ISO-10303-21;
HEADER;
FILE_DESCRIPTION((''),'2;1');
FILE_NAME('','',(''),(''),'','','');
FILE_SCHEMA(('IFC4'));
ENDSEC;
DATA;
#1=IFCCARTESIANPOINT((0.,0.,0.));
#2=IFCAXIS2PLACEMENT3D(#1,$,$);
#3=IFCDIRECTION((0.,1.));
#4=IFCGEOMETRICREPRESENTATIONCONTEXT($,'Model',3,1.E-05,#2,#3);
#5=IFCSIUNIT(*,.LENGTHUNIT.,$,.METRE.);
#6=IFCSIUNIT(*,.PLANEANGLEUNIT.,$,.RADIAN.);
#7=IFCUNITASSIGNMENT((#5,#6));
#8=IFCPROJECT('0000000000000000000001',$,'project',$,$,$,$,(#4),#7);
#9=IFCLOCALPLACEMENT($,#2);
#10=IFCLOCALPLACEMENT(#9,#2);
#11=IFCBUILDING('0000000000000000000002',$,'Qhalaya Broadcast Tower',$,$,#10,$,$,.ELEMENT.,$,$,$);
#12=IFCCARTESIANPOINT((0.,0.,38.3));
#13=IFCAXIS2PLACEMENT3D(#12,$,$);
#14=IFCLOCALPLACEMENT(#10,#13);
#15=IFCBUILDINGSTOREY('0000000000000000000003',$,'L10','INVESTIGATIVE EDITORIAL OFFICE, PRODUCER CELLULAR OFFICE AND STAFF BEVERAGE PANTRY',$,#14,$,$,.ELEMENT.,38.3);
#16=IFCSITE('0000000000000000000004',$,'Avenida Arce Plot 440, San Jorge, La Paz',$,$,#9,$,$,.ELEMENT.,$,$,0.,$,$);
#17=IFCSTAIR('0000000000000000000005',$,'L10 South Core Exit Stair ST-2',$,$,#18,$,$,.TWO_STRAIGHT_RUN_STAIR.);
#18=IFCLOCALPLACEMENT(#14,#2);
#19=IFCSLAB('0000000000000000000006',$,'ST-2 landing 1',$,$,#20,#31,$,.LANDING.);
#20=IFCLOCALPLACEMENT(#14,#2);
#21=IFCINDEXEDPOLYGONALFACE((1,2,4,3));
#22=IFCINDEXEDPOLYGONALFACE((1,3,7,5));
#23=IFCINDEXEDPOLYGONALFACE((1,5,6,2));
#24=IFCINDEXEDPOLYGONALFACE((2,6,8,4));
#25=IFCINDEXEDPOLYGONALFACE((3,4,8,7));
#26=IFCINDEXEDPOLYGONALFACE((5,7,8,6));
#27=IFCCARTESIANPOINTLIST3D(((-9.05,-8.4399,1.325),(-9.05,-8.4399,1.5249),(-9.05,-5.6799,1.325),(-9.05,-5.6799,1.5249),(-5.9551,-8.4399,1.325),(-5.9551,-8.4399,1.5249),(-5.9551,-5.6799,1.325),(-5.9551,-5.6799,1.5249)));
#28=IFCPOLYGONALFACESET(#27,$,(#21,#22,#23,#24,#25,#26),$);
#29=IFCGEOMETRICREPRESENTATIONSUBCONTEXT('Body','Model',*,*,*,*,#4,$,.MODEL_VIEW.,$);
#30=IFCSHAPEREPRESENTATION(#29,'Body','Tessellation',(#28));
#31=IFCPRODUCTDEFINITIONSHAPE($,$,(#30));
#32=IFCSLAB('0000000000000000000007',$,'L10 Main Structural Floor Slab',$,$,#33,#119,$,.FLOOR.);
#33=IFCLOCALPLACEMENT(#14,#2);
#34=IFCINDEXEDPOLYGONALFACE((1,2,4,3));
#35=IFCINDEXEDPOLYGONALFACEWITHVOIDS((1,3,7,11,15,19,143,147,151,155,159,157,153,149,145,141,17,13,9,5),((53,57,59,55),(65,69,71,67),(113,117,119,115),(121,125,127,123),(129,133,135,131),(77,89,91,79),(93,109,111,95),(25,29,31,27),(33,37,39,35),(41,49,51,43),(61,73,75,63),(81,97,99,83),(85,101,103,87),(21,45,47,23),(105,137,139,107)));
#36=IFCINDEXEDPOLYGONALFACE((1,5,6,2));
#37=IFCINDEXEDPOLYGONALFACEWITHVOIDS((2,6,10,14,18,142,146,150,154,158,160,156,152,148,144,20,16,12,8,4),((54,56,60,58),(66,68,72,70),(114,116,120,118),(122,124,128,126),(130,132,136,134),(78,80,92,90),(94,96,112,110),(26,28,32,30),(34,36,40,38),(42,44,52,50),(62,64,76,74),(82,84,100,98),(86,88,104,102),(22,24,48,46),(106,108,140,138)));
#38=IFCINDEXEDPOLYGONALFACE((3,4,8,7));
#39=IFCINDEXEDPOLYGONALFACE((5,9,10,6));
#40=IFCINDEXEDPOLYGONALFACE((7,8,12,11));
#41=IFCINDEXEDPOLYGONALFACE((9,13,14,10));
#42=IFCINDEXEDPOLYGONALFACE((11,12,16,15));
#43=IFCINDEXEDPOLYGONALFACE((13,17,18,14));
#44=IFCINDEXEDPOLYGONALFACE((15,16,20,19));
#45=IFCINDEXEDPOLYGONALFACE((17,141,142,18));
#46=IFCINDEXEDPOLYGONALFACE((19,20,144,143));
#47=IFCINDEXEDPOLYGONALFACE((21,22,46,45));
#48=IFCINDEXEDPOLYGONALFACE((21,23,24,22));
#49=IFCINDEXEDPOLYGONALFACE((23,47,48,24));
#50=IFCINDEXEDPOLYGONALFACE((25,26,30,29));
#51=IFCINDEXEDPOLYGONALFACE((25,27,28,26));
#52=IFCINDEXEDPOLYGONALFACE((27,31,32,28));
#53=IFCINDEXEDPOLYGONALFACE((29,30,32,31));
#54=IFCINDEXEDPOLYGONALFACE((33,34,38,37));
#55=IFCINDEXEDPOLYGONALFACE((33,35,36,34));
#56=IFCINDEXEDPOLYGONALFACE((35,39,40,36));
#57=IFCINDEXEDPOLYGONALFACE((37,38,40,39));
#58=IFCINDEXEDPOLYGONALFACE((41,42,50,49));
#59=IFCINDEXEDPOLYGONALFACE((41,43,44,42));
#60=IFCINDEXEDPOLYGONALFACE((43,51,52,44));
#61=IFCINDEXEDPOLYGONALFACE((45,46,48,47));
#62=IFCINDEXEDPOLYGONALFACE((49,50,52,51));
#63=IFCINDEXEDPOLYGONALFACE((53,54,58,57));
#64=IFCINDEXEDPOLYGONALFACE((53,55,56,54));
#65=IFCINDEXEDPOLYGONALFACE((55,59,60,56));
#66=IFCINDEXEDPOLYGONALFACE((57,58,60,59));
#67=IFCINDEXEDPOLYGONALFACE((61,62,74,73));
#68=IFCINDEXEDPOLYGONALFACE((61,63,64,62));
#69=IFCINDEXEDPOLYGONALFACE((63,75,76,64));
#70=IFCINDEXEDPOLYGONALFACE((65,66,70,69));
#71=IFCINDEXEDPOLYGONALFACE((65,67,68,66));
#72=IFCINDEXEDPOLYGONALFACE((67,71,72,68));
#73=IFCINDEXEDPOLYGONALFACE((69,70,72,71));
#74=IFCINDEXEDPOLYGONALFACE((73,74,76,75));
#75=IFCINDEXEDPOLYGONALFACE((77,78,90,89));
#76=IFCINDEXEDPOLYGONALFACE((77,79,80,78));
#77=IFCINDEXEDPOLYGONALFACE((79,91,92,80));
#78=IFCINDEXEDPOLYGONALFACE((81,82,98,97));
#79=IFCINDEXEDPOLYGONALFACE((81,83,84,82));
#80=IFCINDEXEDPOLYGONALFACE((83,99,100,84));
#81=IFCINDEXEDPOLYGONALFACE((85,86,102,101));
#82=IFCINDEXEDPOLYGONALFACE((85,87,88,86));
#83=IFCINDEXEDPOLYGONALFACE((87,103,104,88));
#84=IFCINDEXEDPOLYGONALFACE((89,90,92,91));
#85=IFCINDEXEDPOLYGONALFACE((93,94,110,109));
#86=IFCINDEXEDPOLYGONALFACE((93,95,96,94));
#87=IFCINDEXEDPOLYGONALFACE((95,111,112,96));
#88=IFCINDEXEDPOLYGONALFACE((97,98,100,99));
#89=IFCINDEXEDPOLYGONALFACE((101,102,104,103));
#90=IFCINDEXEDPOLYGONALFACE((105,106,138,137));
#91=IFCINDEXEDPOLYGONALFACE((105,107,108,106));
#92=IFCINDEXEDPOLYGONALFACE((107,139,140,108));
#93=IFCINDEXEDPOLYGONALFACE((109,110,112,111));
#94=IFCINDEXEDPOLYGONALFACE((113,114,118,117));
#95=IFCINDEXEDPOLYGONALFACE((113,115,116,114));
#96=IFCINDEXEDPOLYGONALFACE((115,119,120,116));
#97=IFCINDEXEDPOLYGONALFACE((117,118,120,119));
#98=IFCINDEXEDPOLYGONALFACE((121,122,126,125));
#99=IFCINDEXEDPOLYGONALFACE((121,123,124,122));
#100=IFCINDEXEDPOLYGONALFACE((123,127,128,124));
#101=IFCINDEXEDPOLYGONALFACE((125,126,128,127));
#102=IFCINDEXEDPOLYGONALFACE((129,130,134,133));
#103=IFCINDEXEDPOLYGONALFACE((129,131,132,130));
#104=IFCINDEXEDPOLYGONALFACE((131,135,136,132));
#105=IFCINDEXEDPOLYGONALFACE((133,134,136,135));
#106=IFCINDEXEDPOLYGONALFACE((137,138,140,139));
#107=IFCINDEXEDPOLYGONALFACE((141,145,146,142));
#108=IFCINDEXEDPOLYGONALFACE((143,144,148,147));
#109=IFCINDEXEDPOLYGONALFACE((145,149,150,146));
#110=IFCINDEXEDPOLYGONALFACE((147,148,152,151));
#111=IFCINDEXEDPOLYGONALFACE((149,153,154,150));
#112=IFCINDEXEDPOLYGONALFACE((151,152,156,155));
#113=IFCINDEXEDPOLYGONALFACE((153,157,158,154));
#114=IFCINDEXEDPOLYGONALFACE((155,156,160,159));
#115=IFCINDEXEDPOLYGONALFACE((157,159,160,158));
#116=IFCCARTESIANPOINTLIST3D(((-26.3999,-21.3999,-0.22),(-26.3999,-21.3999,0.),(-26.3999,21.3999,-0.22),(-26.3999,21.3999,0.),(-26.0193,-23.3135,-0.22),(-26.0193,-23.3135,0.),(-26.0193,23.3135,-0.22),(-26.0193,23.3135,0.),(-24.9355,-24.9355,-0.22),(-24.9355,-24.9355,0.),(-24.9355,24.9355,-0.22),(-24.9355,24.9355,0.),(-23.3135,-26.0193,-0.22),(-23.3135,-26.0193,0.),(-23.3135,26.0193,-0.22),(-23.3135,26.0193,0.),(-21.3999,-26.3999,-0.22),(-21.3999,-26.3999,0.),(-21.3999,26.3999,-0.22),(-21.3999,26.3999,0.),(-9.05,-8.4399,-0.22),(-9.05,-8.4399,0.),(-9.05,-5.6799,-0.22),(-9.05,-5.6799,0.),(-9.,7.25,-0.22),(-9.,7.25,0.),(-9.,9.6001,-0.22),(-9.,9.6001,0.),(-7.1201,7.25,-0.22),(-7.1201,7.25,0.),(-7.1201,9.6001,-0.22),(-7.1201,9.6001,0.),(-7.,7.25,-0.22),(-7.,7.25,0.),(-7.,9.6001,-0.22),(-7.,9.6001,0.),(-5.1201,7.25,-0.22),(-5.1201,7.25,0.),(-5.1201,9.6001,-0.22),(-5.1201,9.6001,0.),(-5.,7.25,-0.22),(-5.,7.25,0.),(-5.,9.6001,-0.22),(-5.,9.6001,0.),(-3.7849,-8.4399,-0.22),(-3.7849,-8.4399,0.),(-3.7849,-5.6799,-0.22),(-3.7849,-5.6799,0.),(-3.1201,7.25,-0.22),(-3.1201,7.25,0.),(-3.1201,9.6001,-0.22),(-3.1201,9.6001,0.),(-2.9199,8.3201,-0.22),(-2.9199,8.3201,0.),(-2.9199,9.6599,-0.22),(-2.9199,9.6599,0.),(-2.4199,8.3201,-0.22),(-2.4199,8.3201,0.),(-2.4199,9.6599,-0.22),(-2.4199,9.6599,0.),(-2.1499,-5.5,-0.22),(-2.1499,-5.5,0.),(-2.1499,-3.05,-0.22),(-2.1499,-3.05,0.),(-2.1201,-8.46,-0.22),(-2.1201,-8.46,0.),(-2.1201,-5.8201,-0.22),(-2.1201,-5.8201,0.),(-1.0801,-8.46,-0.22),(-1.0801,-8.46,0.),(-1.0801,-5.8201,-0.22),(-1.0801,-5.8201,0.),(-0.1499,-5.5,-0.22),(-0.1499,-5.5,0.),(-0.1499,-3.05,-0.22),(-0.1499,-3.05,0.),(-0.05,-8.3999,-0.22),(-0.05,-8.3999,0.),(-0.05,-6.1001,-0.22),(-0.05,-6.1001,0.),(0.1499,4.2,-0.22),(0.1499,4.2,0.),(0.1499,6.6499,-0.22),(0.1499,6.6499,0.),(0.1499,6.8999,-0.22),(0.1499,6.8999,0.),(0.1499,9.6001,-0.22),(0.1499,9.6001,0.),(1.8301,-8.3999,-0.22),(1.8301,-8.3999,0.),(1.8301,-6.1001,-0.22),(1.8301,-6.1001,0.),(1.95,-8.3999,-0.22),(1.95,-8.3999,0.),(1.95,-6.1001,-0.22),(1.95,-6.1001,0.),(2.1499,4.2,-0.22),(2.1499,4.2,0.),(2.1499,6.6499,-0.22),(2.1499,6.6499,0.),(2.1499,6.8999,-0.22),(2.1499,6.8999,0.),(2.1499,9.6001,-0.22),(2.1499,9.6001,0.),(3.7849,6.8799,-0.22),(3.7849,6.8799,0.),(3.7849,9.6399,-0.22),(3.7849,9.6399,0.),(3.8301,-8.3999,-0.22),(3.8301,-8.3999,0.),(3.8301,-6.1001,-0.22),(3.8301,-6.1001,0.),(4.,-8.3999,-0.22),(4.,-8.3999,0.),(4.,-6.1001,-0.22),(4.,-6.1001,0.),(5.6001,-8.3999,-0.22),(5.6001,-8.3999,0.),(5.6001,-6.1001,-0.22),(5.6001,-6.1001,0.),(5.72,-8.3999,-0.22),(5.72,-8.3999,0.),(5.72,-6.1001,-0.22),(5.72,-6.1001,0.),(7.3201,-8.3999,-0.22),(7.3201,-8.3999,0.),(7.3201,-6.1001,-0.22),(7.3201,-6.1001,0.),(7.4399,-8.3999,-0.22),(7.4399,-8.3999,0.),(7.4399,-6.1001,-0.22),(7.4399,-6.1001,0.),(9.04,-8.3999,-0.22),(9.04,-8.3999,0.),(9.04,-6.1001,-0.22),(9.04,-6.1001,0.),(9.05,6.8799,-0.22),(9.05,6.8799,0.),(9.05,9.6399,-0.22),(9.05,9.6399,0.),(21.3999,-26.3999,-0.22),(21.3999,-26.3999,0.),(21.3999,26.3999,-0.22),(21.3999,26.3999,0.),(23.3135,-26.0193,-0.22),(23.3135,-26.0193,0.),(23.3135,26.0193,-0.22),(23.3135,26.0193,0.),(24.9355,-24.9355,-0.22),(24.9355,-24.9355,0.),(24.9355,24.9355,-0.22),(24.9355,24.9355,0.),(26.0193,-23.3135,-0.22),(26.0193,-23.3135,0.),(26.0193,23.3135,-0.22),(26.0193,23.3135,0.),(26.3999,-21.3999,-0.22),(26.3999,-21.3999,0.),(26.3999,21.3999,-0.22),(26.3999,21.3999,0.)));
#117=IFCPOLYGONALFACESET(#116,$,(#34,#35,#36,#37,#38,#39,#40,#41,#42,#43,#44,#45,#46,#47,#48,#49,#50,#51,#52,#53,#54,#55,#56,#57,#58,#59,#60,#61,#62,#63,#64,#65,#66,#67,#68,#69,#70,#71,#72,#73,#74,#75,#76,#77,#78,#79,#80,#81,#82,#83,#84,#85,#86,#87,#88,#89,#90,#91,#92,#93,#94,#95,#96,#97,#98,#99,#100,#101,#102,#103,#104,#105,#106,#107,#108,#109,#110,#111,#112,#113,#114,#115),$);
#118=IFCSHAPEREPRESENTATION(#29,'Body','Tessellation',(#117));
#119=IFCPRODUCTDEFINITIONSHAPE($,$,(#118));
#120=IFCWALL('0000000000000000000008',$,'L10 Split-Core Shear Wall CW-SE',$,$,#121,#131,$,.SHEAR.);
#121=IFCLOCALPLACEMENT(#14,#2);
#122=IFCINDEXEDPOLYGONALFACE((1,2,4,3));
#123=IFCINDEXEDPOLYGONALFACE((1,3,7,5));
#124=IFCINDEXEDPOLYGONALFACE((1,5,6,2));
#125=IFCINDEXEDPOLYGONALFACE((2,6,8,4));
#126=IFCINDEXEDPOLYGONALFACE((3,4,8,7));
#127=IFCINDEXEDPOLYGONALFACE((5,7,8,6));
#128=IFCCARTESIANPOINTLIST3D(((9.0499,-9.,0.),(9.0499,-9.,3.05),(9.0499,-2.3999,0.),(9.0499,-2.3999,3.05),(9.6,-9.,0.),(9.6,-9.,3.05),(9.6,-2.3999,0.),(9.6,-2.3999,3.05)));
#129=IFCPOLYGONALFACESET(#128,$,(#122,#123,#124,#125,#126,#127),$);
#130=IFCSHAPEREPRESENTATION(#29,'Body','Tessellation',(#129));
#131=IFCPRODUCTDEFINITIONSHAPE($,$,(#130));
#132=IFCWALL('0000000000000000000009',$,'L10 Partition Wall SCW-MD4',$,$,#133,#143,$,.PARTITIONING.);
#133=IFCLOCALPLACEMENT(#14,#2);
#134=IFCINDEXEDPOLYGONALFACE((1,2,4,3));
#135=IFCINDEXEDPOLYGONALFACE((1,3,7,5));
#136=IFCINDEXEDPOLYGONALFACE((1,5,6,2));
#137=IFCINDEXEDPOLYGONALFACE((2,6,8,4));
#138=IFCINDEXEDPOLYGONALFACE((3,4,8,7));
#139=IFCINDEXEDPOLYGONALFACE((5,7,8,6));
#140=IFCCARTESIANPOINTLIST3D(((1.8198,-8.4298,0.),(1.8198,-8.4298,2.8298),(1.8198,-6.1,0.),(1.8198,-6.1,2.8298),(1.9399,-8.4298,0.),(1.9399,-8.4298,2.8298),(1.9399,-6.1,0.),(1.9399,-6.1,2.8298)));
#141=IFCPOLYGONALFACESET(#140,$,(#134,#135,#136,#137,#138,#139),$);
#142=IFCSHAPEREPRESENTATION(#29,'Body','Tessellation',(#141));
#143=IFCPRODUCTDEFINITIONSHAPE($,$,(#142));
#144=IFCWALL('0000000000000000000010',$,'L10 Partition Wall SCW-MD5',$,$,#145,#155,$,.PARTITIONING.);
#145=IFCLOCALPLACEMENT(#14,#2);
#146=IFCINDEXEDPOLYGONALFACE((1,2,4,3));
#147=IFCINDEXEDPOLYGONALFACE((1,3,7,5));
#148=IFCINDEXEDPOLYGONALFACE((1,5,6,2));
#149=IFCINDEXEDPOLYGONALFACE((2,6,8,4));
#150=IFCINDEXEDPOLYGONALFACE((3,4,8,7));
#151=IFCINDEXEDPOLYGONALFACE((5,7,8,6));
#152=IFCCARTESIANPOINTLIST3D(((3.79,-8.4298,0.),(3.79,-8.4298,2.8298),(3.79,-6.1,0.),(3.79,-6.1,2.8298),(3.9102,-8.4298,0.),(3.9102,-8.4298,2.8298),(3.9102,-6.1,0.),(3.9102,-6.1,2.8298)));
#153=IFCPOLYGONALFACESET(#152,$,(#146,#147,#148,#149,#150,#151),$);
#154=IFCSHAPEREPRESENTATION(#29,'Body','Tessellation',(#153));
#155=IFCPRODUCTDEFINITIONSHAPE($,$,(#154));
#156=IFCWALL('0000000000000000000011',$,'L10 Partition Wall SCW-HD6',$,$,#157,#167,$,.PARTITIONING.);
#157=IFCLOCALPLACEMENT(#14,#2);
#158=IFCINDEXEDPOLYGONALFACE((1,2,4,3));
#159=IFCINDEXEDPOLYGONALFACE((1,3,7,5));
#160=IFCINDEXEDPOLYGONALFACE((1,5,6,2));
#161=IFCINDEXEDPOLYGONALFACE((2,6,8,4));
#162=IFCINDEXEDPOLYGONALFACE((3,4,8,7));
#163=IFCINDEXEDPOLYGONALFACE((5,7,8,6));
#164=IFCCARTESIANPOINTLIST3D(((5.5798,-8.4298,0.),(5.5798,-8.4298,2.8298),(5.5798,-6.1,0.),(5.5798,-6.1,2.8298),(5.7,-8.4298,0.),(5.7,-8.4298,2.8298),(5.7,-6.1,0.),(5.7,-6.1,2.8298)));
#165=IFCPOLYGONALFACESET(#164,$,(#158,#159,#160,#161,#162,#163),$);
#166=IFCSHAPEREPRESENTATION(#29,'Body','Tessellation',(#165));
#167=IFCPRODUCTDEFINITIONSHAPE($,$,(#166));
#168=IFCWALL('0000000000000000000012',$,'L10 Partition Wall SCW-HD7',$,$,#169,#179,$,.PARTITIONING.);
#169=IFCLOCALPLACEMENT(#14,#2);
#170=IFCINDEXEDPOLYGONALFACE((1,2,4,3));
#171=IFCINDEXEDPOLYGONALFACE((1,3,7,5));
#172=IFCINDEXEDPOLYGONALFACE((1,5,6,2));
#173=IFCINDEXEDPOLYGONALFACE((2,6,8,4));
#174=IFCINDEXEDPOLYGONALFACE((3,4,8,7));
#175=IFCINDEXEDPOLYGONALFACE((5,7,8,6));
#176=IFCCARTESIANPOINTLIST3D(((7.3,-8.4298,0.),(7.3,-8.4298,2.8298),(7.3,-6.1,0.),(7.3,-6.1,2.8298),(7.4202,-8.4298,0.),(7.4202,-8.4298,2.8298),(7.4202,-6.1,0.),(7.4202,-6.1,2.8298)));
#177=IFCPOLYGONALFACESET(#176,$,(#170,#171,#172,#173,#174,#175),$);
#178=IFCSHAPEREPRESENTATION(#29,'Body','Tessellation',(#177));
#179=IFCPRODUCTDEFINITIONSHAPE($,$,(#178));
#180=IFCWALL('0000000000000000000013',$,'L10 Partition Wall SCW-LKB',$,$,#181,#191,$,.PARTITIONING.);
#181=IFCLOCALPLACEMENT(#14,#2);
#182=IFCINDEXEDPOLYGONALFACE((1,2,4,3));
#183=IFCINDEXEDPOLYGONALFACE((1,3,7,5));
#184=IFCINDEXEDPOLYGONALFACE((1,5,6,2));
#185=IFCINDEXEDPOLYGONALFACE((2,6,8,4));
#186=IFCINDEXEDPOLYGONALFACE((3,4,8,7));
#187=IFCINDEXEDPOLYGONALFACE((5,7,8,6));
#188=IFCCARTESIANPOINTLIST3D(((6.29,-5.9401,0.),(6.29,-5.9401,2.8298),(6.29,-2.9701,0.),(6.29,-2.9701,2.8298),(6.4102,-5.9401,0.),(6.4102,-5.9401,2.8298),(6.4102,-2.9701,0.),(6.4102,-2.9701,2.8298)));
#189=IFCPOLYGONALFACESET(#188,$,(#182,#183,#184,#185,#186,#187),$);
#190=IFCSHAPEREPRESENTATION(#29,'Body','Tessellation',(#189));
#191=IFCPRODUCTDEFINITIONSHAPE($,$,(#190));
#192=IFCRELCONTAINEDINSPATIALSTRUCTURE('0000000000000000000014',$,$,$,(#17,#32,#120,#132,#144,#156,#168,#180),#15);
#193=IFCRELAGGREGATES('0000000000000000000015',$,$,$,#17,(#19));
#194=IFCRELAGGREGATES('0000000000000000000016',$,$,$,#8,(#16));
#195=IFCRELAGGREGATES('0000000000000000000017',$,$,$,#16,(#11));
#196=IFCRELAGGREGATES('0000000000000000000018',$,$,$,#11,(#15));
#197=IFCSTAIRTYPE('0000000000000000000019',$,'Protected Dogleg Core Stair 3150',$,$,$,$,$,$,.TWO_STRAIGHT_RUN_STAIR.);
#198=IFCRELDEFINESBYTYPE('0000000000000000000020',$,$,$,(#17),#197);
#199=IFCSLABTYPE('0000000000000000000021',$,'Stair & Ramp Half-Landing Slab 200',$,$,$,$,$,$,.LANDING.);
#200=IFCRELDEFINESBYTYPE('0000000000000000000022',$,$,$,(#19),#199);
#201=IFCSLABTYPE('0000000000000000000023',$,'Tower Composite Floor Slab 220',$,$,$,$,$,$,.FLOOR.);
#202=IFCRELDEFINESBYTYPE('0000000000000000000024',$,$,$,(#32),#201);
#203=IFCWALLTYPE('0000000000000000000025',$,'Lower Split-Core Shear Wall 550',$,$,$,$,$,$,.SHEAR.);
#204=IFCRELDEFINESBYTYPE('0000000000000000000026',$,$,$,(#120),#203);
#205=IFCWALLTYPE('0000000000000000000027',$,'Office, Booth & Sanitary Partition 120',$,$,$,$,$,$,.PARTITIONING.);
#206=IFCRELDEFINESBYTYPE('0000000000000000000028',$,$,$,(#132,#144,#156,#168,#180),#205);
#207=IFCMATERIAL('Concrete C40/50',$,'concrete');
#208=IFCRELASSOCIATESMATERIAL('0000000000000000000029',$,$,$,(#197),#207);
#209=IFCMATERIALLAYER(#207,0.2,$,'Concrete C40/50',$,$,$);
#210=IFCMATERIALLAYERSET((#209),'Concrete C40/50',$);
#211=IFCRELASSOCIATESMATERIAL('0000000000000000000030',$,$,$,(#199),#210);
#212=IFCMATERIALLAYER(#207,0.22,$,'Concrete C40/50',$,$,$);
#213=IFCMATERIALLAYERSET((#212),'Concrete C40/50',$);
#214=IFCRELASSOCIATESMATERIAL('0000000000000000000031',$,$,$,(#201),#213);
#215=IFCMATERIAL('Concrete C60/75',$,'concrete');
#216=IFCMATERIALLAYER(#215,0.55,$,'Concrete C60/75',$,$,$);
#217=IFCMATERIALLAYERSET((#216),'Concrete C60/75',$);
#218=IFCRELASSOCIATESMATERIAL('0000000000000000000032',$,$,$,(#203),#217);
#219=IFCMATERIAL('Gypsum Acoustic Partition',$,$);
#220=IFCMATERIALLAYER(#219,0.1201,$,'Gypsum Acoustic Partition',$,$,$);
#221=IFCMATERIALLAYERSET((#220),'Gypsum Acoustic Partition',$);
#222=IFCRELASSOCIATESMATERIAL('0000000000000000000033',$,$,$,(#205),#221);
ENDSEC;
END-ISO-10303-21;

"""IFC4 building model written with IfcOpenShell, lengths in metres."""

from ifc_helpers import new_model, si_unit, direction, frame, frame_2d, origin, place, context, subcontext, project, spatial, polyline, rectangle, outline, extrude, material, layer, layer_set, type_object, element, aggregate, save


model = new_model("IFC4")

# Units and contexts
model_context = context("Model", 3, precision=1e-05, world=origin(), true_north=direction((0.0, 1.0)))
body_context = subcontext(model_context, "Body", "Model", "MODEL_VIEW")
ifc_project = project(units=[si_unit("LENGTHUNIT", "METRE"), si_unit("PLANEANGLEUNIT", "RADIAN")], contexts=[model_context])

# Site, building, storey
site_placement = place(None, origin())
site = spatial("IfcSite", under=ifc_project, at=site_placement, Name="Avenida Arce Plot 440, San Jorge, La Paz", CompositionType="ELEMENT", RefElevation=0.0)
building_placement = place(site_placement, origin())
building = spatial("IfcBuilding", under=site, at=building_placement, Name="Qhalaya Broadcast Tower", CompositionType="ELEMENT")
storey_placement = place(building_placement, frame((0.0, 0.0, 38.3)))
storey = spatial("IfcBuildingStorey", under=building, at=storey_placement, Name="L10", Description="INVESTIGATIVE EDITORIAL OFFICE, PRODUCER CELLULAR OFFICE AND STAFF BEVERAGE PANTRY", CompositionType="ELEMENT", Elevation=38.3)

# Stair, slab
ifc_material_1 = material(Name="Concrete C40/50", Category="concrete")
stair_type = type_object("IfcStairType", Name="Protected Dogleg Core Stair 3150", PredefinedType="TWO_STRAIGHT_RUN_STAIR", material=ifc_material_1)
ifc_layer_1 = layer(ifc_material_1, 0.2, Name="Concrete C40/50")
ifc_layer_set_1 = layer_set([ifc_layer_1], Name="Concrete C40/50")
slab_type_1 = type_object("IfcSlabType", Name="Stair & Ramp Half-Landing Slab 200", PredefinedType="LANDING", material=ifc_layer_set_1)
stair_1_placement = place(storey_placement, origin())
stair_1 = element("IfcStair", 1, at=stair_1_placement, inside=storey, type_object=stair_type, Name="L10 South Core Exit Stair ST-2", PredefinedType="TWO_STRAIGHT_RUN_STAIR")
slab_1_placement = place(storey_placement, frame((0.0, 0.0, 1.325)))
slab_1 = element("IfcSlab", 2, at=slab_1_placement, type_object=slab_type_1, Name="ST-2 landing 1", PredefinedType="LANDING", context=body_context, shape_type="SweptSolid", body=[
    extrude(outline(polyline([(-5.9551, -5.6799), (-9.05, -5.6799), (-9.05, -8.4399), (-5.9551, -8.4399), (-5.9551, -5.6799)])), origin(), (0.0, 0.0, 1.0), 0.2),
])
aggregate(stair_1, [slab_1])

# Slab
ifc_layer_2 = layer(ifc_material_1, 0.22, Name="Concrete C40/50")
ifc_layer_set_2 = layer_set([ifc_layer_2], Name="Concrete C40/50")
slab_type_2 = type_object("IfcSlabType", Name="Tower Composite Floor Slab 220", PredefinedType="FLOOR", material=ifc_layer_set_2)
slab_2_placement = place(storey_placement, frame((0.0, 0.0, -0.22)))
element("IfcSlab", 3, at=slab_2_placement, inside=storey, type_object=slab_type_2, Name="L10 Main Structural Floor Slab", PredefinedType="FLOOR", context=body_context, shape_type="SweptSolid", body=[
    extrude(outline(polyline([(21.3999, -26.3999), (23.3135, -26.0193), (24.9355, -24.9355), (26.0193, -23.3135), (26.3999, -21.3999), (26.3999, 21.3999), (26.0193, 23.3135), (24.9355, 24.9355), (23.3135, 26.0193), (21.3999, 26.3999), (-21.3999, 26.3999), (-23.3135, 26.0193), (-24.9355, 24.9355), (-26.0193, 23.3135), (-26.3999, 21.3999), (-26.3999, -21.3999), (-26.0193, -23.3135), (-24.9355, -24.9355), (-23.3135, -26.0193), (-21.3999, -26.3999), (21.3999, -26.3999)]), holes=[polyline([(3.7849, 9.6399), (9.05, 9.6399), (9.05, 6.8799), (3.7849, 6.8799), (3.7849, 9.6399)]), polyline([(-3.7849, -8.4399), (-9.05, -8.4399), (-9.05, -5.6799), (-3.7849, -5.6799), (-3.7849, -8.4399)]), polyline([(0.1499, 6.6499), (2.1499, 6.6499), (2.1499, 4.2), (0.1499, 4.2), (0.1499, 6.6499)]), polyline([(0.1499, 9.6001), (2.1499, 9.6001), (2.1499, 6.8999), (0.1499, 6.8999), (0.1499, 9.6001)]), polyline([(-2.1499, -3.05), (-0.1499, -3.05), (-0.1499, -5.5), (-2.1499, -5.5), (-2.1499, -3.05)]), polyline([(-9.0, 9.6001), (-7.1201, 9.6001), (-7.1201, 7.25), (-9.0, 7.25), (-9.0, 9.6001)]), polyline([(-7.0, 9.6001), (-5.1201, 9.6001), (-5.1201, 7.25), (-7.0, 7.25), (-7.0, 9.6001)]), polyline([(-5.0, 9.6001), (-3.1201, 9.6001), (-3.1201, 7.25), (-5.0, 7.25), (-5.0, 9.6001)]), polyline([(-0.05, -6.1001), (1.8301, -6.1001), (1.8301, -8.3999), (-0.05, -8.3999), (-0.05, -6.1001)]), polyline([(1.95, -6.1001), (3.8301, -6.1001), (3.8301, -8.3999), (1.95, -8.3999), (1.95, -6.1001)]), polyline([(4.0, -6.1001), (5.6001, -6.1001), (5.6001, -8.3999), (4.0, -8.3999), (4.0, -6.1001)]), polyline([(5.72, -6.1001), (7.3201, -6.1001), (7.3201, -8.3999), (5.72, -8.3999), (5.72, -6.1001)]), polyline([(7.4399, -6.1001), (9.04, -6.1001), (9.04, -8.3999), (7.4399, -8.3999), (7.4399, -6.1001)]), polyline([(-2.9199, 9.6599), (-2.4199, 9.6599), (-2.4199, 8.3201), (-2.9199, 8.3201), (-2.9199, 9.6599)]), polyline([(-2.1201, -5.8201), (-1.0801, -5.8201), (-1.0801, -8.46), (-2.1201, -8.46), (-2.1201, -5.8201)])]), origin(), (0.0, 0.0, 1.0), 0.22),
])

# Walls
ifc_material_2 = material(Name="Concrete C60/75", Category="concrete")
ifc_layer_3 = layer(ifc_material_2, 0.55, Name="Concrete C60/75")
ifc_layer_set_3 = layer_set([ifc_layer_3], Name="Concrete C60/75")
wall_type_1 = type_object("IfcWallType", Name="Lower Split-Core Shear Wall 550", PredefinedType="SHEAR", material=ifc_layer_set_3)
wall_1_placement = place(storey_placement, frame((9.325, -9.0, 0.0), z_axis=(0.0, 0.0, 1.0), x_axis=(0.0, 1.0, 0.0)))
element("IfcWall", 4, at=wall_1_placement, inside=storey, type_object=wall_type_1, Name="L10 Split-Core Shear Wall CW-SE", PredefinedType="SHEAR", context=body_context, shape_type="SweptSolid", body=[
    extrude(rectangle(XDim=6.6001, YDim=0.55, at=frame_2d((3.3, 0.0))), origin(), (0.0, 0.0, 1.0), 3.05),
])
ifc_material_3 = material(Name="Gypsum Acoustic Partition")
ifc_layer_4 = layer(ifc_material_3, 0.1201, Name="Gypsum Acoustic Partition")
ifc_layer_set_4 = layer_set([ifc_layer_4], Name="Gypsum Acoustic Partition")
wall_type_2 = type_object("IfcWallType", Name="Office, Booth & Sanitary Partition 120", PredefinedType="PARTITIONING", material=ifc_layer_set_4)
for number, where, z_axis, x_axis, name in (
    (5, (1.8799, -8.4299, 0.0), (0.0, 0.0, 1.0), (0.0, 1.0, 0.0), "L10 Partition Wall SCW-MD4"),
    (6, (3.8501, -8.4299, 0.0), (0.0, 0.0, 1.0), (0.0, 1.0, 0.0), "L10 Partition Wall SCW-MD5"),
    (7, (5.6399, -8.4299, 0.0), (0.0, 0.0, 1.0), (0.0, 1.0, 0.0), "L10 Partition Wall SCW-HD6"),
    (8, (7.3601, -8.4299, 0.0), (0.0, 0.0, 1.0), (0.0, 1.0, 0.0), "L10 Partition Wall SCW-HD7"),
):
    element("IfcWall", number, at=place(storey_placement, frame(where, z_axis=z_axis, x_axis=x_axis)), inside=storey, type_object=wall_type_2, Name=name, PredefinedType="PARTITIONING", context=body_context, shape_type="SweptSolid", body=[
        extrude(rectangle(XDim=2.3298, YDim=0.1201, at=frame_2d((1.165, 0.0))), origin(), (0.0, 0.0, 1.0), 2.8298),
    ])
wall_2_placement = place(storey_placement, frame((6.3501, -5.9399, 0.0), z_axis=(0.0, 0.0, 1.0), x_axis=(0.0, 1.0, 0.0)))
element("IfcWall", 9, at=wall_2_placement, inside=storey, type_object=wall_type_2, Name="L10 Partition Wall SCW-LKB", PredefinedType="PARTITIONING", context=body_context, shape_type="SweptSolid", body=[
    extrude(rectangle(XDim=2.97, YDim=0.1201, at=frame_2d((1.4849, 0.0))), origin(), (0.0, 0.0, 1.0), 2.8298),
])

save(model, "model.ifc")
